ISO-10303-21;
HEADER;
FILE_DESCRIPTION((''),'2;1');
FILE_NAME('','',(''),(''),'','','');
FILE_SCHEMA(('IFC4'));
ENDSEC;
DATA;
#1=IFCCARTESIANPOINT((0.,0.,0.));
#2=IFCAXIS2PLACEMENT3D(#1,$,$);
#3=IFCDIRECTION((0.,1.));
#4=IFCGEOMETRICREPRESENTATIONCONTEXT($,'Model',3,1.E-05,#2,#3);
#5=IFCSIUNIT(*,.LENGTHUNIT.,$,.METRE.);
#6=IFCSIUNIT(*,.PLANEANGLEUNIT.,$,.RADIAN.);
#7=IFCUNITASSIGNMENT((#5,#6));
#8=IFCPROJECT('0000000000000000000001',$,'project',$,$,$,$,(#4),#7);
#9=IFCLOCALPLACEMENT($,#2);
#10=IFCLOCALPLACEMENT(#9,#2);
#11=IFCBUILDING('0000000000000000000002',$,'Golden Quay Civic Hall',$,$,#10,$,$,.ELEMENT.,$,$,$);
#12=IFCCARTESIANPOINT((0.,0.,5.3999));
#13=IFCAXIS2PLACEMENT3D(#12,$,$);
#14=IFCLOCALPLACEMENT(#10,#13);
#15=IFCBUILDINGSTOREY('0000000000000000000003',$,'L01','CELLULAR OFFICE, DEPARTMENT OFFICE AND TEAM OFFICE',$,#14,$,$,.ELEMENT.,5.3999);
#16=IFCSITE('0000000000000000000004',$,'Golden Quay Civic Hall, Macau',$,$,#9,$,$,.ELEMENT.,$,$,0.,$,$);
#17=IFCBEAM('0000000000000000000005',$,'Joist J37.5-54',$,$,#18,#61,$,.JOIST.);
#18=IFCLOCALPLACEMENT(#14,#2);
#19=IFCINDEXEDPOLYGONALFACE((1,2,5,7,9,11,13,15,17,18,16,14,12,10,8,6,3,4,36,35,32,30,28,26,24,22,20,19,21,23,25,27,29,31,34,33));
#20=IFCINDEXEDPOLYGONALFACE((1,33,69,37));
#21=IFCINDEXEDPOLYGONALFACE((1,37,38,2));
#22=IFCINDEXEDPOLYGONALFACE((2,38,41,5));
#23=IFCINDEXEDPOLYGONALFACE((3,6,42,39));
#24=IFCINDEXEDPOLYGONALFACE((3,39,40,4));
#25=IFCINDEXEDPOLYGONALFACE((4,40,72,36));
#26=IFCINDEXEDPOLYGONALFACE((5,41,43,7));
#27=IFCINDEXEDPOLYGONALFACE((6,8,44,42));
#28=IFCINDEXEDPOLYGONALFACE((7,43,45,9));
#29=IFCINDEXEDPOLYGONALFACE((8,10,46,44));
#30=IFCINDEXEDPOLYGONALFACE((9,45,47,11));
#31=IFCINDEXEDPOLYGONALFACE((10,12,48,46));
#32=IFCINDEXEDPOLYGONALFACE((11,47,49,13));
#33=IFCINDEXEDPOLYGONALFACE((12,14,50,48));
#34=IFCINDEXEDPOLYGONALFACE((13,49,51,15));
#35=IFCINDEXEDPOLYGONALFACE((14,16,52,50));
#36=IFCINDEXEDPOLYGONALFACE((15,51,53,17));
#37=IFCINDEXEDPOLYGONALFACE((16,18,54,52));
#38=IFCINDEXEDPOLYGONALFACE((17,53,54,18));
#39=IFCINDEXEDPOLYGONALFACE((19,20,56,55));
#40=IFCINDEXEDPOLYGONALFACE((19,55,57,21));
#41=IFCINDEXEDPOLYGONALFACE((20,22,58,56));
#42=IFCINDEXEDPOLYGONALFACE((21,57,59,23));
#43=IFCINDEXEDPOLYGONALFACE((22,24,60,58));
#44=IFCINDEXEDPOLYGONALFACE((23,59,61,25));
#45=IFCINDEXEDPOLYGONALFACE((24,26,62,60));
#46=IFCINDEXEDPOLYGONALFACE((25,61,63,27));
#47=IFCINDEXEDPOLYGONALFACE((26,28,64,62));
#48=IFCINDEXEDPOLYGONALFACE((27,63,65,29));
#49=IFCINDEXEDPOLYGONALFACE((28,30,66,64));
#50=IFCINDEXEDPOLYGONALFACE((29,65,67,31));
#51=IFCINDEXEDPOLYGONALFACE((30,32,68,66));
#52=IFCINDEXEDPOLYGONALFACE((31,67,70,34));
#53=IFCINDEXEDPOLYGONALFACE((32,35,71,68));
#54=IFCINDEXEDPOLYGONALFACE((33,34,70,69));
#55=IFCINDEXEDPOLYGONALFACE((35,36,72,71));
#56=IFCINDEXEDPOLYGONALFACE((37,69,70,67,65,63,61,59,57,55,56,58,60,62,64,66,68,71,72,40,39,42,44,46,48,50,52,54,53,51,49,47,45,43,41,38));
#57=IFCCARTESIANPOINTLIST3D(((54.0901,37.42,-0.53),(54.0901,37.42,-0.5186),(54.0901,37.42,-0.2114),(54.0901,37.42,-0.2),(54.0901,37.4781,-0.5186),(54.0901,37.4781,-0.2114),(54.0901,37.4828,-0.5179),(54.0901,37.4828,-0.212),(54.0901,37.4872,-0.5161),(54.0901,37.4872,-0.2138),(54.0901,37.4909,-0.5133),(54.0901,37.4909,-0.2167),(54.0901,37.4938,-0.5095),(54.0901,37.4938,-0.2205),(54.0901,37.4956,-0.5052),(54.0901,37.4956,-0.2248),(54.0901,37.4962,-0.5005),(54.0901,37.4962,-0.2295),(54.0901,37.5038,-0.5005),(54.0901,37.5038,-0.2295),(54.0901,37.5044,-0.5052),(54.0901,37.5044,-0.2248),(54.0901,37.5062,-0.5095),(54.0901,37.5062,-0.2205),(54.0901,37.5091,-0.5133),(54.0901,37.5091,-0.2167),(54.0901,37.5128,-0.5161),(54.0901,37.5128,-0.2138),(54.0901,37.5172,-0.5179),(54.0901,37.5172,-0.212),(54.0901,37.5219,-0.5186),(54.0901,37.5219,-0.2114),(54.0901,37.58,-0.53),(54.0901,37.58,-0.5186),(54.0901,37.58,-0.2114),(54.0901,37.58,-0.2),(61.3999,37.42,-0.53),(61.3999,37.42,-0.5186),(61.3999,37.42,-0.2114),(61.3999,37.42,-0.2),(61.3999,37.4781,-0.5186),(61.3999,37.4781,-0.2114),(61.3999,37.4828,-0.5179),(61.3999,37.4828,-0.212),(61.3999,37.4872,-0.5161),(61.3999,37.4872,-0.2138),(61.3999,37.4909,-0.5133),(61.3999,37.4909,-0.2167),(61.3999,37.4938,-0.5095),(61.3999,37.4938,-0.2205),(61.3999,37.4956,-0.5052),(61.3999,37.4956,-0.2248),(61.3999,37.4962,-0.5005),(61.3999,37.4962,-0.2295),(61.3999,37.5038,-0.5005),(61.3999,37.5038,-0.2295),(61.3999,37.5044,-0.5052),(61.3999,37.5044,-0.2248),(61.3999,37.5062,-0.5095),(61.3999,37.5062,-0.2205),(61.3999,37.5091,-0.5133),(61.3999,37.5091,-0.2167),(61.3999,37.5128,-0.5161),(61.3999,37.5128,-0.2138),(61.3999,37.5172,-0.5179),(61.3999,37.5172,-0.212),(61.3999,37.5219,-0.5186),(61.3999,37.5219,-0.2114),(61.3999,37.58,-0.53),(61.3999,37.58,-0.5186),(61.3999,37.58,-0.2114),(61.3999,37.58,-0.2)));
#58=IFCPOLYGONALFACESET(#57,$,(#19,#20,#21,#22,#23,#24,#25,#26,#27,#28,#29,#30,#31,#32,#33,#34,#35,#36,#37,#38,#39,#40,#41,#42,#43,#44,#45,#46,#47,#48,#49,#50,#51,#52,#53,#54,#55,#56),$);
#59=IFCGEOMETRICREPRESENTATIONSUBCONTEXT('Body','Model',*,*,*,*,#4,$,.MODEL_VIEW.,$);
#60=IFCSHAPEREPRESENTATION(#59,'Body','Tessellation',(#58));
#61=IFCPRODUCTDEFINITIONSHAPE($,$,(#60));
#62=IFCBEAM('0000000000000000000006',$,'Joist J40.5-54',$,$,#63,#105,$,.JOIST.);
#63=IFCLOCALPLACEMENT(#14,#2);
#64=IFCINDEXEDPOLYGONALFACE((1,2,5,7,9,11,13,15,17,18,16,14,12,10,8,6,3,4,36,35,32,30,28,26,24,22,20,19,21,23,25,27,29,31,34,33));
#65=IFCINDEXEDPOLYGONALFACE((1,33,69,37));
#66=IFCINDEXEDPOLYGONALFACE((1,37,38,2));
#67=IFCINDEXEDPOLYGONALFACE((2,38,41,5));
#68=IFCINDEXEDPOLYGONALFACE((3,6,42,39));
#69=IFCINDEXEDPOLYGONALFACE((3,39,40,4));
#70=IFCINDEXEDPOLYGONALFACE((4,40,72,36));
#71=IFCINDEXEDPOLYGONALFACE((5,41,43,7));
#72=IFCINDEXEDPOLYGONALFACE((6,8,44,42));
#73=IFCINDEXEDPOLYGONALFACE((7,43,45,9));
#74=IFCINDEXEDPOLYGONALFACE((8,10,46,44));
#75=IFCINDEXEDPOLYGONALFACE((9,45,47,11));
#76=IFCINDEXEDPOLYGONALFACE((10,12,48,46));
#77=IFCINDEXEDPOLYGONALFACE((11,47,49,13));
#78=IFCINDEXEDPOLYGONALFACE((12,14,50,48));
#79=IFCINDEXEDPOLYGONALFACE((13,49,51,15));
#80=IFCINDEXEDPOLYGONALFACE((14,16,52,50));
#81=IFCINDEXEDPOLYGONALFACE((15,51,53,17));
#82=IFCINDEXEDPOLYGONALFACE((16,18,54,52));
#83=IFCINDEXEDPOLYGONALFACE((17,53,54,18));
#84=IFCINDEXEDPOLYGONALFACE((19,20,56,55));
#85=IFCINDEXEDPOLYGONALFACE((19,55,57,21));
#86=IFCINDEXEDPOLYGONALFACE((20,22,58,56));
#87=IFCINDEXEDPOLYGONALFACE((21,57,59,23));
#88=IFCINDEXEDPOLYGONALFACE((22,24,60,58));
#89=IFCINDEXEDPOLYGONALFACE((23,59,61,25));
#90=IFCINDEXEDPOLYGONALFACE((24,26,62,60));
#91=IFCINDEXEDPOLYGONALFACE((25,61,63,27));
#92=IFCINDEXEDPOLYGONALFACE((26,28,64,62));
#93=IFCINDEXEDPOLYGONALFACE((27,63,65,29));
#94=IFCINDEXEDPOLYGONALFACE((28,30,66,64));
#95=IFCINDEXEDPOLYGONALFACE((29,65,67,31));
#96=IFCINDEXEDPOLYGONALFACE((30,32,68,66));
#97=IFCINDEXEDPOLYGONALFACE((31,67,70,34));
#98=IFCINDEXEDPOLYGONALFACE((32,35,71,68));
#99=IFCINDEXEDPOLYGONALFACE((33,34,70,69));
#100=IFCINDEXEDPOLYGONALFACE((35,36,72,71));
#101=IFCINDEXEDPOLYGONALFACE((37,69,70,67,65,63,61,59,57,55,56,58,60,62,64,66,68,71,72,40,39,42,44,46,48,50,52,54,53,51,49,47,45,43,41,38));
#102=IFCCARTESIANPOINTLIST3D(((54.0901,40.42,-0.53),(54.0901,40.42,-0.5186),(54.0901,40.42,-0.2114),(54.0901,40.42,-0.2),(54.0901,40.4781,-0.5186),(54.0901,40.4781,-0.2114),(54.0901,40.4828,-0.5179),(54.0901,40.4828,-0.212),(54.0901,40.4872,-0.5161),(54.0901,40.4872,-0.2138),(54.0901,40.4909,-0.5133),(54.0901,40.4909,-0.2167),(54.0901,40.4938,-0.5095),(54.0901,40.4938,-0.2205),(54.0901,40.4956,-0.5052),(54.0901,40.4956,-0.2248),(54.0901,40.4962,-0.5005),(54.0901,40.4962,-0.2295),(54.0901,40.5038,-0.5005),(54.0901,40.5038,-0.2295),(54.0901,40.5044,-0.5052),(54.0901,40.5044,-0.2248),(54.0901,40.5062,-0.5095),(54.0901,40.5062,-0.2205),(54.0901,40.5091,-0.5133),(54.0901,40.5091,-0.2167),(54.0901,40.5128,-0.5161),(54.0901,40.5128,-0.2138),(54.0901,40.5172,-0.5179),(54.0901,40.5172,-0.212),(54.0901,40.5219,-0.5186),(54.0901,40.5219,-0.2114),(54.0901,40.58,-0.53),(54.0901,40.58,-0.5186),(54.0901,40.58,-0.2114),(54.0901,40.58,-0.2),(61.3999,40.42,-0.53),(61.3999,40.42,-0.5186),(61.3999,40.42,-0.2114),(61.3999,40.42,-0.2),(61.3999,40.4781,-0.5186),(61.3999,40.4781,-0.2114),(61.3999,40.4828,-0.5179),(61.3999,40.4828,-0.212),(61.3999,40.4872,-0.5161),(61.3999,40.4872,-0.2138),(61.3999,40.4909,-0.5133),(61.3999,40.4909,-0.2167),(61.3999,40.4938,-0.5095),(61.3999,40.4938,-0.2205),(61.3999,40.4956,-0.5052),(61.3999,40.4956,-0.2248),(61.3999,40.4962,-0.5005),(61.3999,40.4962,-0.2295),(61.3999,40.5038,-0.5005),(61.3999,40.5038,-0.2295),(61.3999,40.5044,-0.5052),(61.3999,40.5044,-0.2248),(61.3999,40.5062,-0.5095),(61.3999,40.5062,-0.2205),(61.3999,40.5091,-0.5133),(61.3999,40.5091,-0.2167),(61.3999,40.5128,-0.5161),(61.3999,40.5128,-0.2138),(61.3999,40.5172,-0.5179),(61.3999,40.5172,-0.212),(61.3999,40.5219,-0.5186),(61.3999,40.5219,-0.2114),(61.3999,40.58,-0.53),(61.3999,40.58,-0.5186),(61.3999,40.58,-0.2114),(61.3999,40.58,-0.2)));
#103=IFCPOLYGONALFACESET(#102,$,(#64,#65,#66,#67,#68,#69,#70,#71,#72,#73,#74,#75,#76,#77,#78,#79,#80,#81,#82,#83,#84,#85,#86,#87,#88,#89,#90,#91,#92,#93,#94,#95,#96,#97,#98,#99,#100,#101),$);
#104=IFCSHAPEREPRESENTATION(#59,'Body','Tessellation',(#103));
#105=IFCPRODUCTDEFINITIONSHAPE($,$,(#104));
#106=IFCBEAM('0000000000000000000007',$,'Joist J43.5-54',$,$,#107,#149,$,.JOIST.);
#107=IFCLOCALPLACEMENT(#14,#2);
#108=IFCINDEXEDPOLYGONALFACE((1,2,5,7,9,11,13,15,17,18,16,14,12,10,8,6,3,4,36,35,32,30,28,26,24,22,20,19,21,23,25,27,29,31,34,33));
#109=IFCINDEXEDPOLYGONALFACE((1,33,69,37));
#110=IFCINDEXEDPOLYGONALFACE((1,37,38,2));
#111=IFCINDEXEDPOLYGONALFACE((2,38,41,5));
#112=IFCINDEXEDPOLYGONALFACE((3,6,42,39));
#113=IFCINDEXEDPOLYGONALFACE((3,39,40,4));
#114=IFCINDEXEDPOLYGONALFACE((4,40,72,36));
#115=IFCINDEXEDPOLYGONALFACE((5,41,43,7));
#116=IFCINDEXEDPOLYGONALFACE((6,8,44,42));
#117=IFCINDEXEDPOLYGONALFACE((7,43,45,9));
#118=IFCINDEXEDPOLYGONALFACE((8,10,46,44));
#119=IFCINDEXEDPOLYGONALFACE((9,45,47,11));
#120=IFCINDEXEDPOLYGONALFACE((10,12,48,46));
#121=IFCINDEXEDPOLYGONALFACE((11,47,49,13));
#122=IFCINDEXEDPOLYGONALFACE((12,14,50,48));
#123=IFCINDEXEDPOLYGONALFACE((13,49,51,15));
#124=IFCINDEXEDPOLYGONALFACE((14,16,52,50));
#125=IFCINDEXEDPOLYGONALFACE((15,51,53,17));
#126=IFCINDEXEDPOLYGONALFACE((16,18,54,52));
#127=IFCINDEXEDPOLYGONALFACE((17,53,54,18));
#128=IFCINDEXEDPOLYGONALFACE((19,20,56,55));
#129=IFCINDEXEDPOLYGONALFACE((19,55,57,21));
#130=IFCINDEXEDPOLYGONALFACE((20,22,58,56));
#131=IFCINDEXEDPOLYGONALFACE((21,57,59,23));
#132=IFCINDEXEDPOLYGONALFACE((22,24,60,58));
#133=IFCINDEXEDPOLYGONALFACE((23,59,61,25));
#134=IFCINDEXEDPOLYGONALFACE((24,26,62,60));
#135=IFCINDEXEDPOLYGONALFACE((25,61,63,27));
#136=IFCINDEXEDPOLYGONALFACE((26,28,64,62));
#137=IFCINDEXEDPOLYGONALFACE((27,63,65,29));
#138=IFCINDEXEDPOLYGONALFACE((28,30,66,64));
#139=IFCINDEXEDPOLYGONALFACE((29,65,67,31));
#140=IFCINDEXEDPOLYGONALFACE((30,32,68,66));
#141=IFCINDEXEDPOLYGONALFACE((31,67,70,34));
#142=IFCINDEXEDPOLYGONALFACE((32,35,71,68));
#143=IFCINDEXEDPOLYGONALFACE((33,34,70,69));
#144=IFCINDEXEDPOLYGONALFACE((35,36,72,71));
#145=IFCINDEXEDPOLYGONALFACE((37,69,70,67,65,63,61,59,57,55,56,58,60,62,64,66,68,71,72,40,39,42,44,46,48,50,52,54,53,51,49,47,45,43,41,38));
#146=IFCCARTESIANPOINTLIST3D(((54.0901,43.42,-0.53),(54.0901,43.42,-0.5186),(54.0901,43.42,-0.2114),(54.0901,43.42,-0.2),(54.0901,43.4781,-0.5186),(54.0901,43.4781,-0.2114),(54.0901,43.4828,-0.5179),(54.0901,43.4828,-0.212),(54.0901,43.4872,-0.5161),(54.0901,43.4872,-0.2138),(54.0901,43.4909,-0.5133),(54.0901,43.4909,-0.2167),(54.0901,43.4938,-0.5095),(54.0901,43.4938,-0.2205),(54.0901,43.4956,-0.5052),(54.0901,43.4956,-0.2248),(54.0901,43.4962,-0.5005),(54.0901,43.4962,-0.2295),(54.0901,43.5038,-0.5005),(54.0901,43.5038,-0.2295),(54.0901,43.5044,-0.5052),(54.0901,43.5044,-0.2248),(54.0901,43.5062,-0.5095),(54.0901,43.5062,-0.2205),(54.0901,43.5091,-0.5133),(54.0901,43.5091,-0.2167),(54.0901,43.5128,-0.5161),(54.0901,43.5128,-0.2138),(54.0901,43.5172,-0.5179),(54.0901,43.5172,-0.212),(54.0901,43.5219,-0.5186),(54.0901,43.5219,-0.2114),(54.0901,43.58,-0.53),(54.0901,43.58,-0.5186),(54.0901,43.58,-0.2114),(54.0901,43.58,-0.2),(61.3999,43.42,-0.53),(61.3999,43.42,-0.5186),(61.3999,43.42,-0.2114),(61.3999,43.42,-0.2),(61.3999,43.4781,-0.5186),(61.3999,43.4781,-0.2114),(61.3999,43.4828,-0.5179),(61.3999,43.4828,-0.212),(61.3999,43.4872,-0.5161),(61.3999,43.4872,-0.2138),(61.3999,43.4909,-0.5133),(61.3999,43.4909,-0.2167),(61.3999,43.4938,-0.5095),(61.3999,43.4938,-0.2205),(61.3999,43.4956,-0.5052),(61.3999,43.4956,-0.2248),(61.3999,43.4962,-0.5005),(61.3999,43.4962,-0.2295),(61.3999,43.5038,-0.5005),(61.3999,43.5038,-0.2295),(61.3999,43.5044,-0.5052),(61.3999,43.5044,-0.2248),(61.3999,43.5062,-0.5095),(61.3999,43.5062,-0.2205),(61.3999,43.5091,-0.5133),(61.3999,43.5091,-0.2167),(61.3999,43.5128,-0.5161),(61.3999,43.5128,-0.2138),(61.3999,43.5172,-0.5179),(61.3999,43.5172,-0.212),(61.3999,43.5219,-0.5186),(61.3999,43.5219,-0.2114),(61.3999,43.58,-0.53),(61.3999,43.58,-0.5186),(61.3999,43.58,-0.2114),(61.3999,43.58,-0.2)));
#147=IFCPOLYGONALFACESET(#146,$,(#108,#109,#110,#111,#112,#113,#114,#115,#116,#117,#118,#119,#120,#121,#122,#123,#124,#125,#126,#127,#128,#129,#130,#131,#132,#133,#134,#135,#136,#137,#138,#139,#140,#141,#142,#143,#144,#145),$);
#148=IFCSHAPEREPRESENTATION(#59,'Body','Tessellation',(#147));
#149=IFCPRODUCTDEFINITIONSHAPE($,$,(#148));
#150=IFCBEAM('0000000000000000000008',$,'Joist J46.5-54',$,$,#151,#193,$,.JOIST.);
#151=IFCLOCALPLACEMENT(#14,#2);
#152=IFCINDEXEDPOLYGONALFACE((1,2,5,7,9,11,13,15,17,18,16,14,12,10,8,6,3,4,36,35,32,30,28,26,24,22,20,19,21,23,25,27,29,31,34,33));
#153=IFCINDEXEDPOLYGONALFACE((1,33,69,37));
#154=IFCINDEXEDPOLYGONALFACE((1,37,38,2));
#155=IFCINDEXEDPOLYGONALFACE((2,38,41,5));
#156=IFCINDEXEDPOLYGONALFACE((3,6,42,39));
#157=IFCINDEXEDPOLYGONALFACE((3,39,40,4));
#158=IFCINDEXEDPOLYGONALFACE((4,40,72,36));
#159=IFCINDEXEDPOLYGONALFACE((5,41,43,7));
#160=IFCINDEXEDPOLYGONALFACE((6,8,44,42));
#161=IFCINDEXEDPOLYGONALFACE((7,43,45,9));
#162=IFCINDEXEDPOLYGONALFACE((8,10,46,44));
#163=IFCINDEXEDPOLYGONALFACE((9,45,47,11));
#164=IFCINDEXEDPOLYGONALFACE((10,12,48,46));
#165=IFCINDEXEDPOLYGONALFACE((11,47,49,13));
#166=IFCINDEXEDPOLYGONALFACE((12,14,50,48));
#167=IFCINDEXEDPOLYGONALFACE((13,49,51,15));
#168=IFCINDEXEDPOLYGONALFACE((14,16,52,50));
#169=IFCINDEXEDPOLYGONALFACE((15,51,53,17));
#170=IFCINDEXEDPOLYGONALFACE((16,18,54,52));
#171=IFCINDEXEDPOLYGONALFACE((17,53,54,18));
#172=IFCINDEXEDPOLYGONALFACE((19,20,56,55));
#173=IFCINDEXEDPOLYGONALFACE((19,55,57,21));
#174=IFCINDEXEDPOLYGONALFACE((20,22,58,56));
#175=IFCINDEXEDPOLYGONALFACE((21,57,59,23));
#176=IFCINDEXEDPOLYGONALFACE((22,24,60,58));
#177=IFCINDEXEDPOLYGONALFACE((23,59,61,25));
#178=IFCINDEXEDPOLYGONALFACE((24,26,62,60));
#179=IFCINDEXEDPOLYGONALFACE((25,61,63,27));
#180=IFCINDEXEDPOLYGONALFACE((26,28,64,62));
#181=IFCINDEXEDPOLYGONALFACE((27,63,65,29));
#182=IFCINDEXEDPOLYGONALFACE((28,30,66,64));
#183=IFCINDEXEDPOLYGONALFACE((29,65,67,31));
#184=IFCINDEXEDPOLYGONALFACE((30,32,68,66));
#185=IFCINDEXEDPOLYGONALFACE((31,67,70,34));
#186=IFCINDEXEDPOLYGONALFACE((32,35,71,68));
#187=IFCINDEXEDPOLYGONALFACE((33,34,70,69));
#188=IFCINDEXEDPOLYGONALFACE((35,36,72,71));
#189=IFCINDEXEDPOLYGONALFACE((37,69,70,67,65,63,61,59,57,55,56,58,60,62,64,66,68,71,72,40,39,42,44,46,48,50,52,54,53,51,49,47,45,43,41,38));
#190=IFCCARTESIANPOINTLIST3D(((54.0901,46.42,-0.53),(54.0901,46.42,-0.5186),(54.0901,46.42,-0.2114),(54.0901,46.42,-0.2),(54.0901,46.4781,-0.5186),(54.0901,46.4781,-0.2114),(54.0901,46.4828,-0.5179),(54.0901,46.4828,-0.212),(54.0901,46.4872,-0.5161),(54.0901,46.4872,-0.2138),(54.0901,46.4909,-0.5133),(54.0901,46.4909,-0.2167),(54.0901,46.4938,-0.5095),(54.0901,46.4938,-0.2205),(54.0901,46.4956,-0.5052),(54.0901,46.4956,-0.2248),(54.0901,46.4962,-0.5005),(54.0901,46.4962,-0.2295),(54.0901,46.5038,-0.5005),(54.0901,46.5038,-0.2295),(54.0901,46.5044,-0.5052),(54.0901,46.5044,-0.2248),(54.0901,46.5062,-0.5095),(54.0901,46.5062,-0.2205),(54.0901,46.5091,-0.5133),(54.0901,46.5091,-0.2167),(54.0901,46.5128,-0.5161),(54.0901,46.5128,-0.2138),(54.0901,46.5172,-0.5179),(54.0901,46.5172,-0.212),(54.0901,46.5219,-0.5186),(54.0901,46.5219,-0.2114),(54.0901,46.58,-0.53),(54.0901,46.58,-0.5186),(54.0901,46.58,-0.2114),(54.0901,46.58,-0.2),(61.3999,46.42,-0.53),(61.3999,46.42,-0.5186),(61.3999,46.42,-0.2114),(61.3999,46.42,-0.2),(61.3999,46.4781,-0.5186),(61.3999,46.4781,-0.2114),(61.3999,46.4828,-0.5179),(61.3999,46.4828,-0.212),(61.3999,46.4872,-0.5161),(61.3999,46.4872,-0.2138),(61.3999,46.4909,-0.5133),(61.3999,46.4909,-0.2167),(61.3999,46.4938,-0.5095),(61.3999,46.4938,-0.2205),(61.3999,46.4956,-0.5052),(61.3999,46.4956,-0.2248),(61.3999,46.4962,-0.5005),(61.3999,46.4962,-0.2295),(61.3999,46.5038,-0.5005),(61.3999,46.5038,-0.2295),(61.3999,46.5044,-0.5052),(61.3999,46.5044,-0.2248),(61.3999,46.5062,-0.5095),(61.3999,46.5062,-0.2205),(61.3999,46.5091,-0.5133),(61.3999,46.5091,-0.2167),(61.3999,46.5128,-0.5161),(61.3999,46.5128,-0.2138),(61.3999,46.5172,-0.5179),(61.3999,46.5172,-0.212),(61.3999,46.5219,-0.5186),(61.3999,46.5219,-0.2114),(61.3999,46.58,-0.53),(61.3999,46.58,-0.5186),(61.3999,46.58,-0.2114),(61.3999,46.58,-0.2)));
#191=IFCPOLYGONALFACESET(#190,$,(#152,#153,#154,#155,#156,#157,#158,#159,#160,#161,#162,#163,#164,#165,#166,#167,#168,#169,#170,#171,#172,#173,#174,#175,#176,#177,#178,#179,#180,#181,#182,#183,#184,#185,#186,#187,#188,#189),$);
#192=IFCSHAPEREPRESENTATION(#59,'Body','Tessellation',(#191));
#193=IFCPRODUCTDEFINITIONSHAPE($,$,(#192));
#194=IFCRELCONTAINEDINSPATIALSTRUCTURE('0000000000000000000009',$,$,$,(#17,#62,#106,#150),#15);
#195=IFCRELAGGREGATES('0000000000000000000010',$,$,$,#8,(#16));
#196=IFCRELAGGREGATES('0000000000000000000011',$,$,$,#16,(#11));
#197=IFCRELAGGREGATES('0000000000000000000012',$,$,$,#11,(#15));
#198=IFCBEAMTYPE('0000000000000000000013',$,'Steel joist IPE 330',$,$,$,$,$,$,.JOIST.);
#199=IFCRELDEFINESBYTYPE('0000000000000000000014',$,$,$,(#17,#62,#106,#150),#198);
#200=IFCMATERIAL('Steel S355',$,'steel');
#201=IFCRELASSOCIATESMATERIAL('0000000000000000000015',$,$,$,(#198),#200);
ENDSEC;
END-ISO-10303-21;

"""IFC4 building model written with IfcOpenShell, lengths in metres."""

from ifc_helpers import new_model, si_unit, direction, frame, origin, origin_2d, place, context, subcontext, project, spatial, i_section, extrude, material, material_profile, profile_set, type_object, element, save


model = new_model("IFC4")

# Units and contexts
model_context = context("Model", 3, precision=1e-05, world=origin(), true_north=direction((0.0, 1.0)))
body_context = subcontext(model_context, "Body", "Model", "MODEL_VIEW")
ifc_project = project(units=[si_unit("LENGTHUNIT", "METRE"), si_unit("PLANEANGLEUNIT", "RADIAN")], contexts=[model_context])

# Site, building, storey
site_placement = place(None, origin())
site = spatial("IfcSite", under=ifc_project, at=site_placement, Name="Golden Quay Civic Hall, Macau", CompositionType="ELEMENT", RefElevation=0.0)
building_placement = place(site_placement, origin())
building = spatial("IfcBuilding", under=site, at=building_placement, Name="Golden Quay Civic Hall", CompositionType="ELEMENT")
storey_placement = place(building_placement, frame((0.0, 0.0, 5.3999)))
storey = spatial("IfcBuildingStorey", under=building, at=storey_placement, Name="L01", Description="CELLULAR OFFICE, DEPARTMENT OFFICE AND TEAM OFFICE", CompositionType="ELEMENT", Elevation=5.3999)

# Beams
ifc_material_1 = material(Name="Steel S355", Category="steel")
ifc_material_profile_1 = material_profile(ifc_material_1, i_section(OverallWidth=0.1599, OverallDepth=0.3301, WebThickness=0.0076, FlangeThickness=0.0115, FilletRadius=0.0181, at=origin_2d()), Name="IPE 330")
ifc_profile_set_1 = profile_set([ifc_material_profile_1], Name="Steel S355")
beam_type_1 = type_object("IfcBeamType", Name="Steel joist IPE 330", PredefinedType="JOIST", material=ifc_profile_set_1)
for number, where, z_axis, x_axis, name in (
    (1, (54.0901, 37.5, -0.365), (1.0, 0.0, 0.0), (0.0, 1.0, 0.0), "Joist J37.5-54"),
    (2, (54.0901, 40.5, -0.365), (1.0, 0.0, 0.0), (0.0, 1.0, 0.0), "Joist J40.5-54"),
    (3, (54.0901, 43.5, -0.365), (1.0, 0.0, 0.0), (0.0, 1.0, 0.0), "Joist J43.5-54"),
    (4, (54.0901, 46.5, -0.365), (1.0, 0.0, 0.0), (0.0, 1.0, 0.0), "Joist J46.5-54"),
):
    element("IfcBeam", number, at=place(storey_placement, frame(where, z_axis=z_axis, x_axis=x_axis)), inside=storey, type_object=beam_type_1, Name=name, PredefinedType="JOIST", context=body_context, shape_type="SweptSolid", body=[
        extrude(i_section(OverallWidth=0.1599, OverallDepth=0.3301, WebThickness=0.0076, FlangeThickness=0.0115, FilletRadius=0.0181, at=origin_2d()), origin(), (0.0, 0.0, 1.0), 7.3098),
    ])

save(model, "model.ifc")
